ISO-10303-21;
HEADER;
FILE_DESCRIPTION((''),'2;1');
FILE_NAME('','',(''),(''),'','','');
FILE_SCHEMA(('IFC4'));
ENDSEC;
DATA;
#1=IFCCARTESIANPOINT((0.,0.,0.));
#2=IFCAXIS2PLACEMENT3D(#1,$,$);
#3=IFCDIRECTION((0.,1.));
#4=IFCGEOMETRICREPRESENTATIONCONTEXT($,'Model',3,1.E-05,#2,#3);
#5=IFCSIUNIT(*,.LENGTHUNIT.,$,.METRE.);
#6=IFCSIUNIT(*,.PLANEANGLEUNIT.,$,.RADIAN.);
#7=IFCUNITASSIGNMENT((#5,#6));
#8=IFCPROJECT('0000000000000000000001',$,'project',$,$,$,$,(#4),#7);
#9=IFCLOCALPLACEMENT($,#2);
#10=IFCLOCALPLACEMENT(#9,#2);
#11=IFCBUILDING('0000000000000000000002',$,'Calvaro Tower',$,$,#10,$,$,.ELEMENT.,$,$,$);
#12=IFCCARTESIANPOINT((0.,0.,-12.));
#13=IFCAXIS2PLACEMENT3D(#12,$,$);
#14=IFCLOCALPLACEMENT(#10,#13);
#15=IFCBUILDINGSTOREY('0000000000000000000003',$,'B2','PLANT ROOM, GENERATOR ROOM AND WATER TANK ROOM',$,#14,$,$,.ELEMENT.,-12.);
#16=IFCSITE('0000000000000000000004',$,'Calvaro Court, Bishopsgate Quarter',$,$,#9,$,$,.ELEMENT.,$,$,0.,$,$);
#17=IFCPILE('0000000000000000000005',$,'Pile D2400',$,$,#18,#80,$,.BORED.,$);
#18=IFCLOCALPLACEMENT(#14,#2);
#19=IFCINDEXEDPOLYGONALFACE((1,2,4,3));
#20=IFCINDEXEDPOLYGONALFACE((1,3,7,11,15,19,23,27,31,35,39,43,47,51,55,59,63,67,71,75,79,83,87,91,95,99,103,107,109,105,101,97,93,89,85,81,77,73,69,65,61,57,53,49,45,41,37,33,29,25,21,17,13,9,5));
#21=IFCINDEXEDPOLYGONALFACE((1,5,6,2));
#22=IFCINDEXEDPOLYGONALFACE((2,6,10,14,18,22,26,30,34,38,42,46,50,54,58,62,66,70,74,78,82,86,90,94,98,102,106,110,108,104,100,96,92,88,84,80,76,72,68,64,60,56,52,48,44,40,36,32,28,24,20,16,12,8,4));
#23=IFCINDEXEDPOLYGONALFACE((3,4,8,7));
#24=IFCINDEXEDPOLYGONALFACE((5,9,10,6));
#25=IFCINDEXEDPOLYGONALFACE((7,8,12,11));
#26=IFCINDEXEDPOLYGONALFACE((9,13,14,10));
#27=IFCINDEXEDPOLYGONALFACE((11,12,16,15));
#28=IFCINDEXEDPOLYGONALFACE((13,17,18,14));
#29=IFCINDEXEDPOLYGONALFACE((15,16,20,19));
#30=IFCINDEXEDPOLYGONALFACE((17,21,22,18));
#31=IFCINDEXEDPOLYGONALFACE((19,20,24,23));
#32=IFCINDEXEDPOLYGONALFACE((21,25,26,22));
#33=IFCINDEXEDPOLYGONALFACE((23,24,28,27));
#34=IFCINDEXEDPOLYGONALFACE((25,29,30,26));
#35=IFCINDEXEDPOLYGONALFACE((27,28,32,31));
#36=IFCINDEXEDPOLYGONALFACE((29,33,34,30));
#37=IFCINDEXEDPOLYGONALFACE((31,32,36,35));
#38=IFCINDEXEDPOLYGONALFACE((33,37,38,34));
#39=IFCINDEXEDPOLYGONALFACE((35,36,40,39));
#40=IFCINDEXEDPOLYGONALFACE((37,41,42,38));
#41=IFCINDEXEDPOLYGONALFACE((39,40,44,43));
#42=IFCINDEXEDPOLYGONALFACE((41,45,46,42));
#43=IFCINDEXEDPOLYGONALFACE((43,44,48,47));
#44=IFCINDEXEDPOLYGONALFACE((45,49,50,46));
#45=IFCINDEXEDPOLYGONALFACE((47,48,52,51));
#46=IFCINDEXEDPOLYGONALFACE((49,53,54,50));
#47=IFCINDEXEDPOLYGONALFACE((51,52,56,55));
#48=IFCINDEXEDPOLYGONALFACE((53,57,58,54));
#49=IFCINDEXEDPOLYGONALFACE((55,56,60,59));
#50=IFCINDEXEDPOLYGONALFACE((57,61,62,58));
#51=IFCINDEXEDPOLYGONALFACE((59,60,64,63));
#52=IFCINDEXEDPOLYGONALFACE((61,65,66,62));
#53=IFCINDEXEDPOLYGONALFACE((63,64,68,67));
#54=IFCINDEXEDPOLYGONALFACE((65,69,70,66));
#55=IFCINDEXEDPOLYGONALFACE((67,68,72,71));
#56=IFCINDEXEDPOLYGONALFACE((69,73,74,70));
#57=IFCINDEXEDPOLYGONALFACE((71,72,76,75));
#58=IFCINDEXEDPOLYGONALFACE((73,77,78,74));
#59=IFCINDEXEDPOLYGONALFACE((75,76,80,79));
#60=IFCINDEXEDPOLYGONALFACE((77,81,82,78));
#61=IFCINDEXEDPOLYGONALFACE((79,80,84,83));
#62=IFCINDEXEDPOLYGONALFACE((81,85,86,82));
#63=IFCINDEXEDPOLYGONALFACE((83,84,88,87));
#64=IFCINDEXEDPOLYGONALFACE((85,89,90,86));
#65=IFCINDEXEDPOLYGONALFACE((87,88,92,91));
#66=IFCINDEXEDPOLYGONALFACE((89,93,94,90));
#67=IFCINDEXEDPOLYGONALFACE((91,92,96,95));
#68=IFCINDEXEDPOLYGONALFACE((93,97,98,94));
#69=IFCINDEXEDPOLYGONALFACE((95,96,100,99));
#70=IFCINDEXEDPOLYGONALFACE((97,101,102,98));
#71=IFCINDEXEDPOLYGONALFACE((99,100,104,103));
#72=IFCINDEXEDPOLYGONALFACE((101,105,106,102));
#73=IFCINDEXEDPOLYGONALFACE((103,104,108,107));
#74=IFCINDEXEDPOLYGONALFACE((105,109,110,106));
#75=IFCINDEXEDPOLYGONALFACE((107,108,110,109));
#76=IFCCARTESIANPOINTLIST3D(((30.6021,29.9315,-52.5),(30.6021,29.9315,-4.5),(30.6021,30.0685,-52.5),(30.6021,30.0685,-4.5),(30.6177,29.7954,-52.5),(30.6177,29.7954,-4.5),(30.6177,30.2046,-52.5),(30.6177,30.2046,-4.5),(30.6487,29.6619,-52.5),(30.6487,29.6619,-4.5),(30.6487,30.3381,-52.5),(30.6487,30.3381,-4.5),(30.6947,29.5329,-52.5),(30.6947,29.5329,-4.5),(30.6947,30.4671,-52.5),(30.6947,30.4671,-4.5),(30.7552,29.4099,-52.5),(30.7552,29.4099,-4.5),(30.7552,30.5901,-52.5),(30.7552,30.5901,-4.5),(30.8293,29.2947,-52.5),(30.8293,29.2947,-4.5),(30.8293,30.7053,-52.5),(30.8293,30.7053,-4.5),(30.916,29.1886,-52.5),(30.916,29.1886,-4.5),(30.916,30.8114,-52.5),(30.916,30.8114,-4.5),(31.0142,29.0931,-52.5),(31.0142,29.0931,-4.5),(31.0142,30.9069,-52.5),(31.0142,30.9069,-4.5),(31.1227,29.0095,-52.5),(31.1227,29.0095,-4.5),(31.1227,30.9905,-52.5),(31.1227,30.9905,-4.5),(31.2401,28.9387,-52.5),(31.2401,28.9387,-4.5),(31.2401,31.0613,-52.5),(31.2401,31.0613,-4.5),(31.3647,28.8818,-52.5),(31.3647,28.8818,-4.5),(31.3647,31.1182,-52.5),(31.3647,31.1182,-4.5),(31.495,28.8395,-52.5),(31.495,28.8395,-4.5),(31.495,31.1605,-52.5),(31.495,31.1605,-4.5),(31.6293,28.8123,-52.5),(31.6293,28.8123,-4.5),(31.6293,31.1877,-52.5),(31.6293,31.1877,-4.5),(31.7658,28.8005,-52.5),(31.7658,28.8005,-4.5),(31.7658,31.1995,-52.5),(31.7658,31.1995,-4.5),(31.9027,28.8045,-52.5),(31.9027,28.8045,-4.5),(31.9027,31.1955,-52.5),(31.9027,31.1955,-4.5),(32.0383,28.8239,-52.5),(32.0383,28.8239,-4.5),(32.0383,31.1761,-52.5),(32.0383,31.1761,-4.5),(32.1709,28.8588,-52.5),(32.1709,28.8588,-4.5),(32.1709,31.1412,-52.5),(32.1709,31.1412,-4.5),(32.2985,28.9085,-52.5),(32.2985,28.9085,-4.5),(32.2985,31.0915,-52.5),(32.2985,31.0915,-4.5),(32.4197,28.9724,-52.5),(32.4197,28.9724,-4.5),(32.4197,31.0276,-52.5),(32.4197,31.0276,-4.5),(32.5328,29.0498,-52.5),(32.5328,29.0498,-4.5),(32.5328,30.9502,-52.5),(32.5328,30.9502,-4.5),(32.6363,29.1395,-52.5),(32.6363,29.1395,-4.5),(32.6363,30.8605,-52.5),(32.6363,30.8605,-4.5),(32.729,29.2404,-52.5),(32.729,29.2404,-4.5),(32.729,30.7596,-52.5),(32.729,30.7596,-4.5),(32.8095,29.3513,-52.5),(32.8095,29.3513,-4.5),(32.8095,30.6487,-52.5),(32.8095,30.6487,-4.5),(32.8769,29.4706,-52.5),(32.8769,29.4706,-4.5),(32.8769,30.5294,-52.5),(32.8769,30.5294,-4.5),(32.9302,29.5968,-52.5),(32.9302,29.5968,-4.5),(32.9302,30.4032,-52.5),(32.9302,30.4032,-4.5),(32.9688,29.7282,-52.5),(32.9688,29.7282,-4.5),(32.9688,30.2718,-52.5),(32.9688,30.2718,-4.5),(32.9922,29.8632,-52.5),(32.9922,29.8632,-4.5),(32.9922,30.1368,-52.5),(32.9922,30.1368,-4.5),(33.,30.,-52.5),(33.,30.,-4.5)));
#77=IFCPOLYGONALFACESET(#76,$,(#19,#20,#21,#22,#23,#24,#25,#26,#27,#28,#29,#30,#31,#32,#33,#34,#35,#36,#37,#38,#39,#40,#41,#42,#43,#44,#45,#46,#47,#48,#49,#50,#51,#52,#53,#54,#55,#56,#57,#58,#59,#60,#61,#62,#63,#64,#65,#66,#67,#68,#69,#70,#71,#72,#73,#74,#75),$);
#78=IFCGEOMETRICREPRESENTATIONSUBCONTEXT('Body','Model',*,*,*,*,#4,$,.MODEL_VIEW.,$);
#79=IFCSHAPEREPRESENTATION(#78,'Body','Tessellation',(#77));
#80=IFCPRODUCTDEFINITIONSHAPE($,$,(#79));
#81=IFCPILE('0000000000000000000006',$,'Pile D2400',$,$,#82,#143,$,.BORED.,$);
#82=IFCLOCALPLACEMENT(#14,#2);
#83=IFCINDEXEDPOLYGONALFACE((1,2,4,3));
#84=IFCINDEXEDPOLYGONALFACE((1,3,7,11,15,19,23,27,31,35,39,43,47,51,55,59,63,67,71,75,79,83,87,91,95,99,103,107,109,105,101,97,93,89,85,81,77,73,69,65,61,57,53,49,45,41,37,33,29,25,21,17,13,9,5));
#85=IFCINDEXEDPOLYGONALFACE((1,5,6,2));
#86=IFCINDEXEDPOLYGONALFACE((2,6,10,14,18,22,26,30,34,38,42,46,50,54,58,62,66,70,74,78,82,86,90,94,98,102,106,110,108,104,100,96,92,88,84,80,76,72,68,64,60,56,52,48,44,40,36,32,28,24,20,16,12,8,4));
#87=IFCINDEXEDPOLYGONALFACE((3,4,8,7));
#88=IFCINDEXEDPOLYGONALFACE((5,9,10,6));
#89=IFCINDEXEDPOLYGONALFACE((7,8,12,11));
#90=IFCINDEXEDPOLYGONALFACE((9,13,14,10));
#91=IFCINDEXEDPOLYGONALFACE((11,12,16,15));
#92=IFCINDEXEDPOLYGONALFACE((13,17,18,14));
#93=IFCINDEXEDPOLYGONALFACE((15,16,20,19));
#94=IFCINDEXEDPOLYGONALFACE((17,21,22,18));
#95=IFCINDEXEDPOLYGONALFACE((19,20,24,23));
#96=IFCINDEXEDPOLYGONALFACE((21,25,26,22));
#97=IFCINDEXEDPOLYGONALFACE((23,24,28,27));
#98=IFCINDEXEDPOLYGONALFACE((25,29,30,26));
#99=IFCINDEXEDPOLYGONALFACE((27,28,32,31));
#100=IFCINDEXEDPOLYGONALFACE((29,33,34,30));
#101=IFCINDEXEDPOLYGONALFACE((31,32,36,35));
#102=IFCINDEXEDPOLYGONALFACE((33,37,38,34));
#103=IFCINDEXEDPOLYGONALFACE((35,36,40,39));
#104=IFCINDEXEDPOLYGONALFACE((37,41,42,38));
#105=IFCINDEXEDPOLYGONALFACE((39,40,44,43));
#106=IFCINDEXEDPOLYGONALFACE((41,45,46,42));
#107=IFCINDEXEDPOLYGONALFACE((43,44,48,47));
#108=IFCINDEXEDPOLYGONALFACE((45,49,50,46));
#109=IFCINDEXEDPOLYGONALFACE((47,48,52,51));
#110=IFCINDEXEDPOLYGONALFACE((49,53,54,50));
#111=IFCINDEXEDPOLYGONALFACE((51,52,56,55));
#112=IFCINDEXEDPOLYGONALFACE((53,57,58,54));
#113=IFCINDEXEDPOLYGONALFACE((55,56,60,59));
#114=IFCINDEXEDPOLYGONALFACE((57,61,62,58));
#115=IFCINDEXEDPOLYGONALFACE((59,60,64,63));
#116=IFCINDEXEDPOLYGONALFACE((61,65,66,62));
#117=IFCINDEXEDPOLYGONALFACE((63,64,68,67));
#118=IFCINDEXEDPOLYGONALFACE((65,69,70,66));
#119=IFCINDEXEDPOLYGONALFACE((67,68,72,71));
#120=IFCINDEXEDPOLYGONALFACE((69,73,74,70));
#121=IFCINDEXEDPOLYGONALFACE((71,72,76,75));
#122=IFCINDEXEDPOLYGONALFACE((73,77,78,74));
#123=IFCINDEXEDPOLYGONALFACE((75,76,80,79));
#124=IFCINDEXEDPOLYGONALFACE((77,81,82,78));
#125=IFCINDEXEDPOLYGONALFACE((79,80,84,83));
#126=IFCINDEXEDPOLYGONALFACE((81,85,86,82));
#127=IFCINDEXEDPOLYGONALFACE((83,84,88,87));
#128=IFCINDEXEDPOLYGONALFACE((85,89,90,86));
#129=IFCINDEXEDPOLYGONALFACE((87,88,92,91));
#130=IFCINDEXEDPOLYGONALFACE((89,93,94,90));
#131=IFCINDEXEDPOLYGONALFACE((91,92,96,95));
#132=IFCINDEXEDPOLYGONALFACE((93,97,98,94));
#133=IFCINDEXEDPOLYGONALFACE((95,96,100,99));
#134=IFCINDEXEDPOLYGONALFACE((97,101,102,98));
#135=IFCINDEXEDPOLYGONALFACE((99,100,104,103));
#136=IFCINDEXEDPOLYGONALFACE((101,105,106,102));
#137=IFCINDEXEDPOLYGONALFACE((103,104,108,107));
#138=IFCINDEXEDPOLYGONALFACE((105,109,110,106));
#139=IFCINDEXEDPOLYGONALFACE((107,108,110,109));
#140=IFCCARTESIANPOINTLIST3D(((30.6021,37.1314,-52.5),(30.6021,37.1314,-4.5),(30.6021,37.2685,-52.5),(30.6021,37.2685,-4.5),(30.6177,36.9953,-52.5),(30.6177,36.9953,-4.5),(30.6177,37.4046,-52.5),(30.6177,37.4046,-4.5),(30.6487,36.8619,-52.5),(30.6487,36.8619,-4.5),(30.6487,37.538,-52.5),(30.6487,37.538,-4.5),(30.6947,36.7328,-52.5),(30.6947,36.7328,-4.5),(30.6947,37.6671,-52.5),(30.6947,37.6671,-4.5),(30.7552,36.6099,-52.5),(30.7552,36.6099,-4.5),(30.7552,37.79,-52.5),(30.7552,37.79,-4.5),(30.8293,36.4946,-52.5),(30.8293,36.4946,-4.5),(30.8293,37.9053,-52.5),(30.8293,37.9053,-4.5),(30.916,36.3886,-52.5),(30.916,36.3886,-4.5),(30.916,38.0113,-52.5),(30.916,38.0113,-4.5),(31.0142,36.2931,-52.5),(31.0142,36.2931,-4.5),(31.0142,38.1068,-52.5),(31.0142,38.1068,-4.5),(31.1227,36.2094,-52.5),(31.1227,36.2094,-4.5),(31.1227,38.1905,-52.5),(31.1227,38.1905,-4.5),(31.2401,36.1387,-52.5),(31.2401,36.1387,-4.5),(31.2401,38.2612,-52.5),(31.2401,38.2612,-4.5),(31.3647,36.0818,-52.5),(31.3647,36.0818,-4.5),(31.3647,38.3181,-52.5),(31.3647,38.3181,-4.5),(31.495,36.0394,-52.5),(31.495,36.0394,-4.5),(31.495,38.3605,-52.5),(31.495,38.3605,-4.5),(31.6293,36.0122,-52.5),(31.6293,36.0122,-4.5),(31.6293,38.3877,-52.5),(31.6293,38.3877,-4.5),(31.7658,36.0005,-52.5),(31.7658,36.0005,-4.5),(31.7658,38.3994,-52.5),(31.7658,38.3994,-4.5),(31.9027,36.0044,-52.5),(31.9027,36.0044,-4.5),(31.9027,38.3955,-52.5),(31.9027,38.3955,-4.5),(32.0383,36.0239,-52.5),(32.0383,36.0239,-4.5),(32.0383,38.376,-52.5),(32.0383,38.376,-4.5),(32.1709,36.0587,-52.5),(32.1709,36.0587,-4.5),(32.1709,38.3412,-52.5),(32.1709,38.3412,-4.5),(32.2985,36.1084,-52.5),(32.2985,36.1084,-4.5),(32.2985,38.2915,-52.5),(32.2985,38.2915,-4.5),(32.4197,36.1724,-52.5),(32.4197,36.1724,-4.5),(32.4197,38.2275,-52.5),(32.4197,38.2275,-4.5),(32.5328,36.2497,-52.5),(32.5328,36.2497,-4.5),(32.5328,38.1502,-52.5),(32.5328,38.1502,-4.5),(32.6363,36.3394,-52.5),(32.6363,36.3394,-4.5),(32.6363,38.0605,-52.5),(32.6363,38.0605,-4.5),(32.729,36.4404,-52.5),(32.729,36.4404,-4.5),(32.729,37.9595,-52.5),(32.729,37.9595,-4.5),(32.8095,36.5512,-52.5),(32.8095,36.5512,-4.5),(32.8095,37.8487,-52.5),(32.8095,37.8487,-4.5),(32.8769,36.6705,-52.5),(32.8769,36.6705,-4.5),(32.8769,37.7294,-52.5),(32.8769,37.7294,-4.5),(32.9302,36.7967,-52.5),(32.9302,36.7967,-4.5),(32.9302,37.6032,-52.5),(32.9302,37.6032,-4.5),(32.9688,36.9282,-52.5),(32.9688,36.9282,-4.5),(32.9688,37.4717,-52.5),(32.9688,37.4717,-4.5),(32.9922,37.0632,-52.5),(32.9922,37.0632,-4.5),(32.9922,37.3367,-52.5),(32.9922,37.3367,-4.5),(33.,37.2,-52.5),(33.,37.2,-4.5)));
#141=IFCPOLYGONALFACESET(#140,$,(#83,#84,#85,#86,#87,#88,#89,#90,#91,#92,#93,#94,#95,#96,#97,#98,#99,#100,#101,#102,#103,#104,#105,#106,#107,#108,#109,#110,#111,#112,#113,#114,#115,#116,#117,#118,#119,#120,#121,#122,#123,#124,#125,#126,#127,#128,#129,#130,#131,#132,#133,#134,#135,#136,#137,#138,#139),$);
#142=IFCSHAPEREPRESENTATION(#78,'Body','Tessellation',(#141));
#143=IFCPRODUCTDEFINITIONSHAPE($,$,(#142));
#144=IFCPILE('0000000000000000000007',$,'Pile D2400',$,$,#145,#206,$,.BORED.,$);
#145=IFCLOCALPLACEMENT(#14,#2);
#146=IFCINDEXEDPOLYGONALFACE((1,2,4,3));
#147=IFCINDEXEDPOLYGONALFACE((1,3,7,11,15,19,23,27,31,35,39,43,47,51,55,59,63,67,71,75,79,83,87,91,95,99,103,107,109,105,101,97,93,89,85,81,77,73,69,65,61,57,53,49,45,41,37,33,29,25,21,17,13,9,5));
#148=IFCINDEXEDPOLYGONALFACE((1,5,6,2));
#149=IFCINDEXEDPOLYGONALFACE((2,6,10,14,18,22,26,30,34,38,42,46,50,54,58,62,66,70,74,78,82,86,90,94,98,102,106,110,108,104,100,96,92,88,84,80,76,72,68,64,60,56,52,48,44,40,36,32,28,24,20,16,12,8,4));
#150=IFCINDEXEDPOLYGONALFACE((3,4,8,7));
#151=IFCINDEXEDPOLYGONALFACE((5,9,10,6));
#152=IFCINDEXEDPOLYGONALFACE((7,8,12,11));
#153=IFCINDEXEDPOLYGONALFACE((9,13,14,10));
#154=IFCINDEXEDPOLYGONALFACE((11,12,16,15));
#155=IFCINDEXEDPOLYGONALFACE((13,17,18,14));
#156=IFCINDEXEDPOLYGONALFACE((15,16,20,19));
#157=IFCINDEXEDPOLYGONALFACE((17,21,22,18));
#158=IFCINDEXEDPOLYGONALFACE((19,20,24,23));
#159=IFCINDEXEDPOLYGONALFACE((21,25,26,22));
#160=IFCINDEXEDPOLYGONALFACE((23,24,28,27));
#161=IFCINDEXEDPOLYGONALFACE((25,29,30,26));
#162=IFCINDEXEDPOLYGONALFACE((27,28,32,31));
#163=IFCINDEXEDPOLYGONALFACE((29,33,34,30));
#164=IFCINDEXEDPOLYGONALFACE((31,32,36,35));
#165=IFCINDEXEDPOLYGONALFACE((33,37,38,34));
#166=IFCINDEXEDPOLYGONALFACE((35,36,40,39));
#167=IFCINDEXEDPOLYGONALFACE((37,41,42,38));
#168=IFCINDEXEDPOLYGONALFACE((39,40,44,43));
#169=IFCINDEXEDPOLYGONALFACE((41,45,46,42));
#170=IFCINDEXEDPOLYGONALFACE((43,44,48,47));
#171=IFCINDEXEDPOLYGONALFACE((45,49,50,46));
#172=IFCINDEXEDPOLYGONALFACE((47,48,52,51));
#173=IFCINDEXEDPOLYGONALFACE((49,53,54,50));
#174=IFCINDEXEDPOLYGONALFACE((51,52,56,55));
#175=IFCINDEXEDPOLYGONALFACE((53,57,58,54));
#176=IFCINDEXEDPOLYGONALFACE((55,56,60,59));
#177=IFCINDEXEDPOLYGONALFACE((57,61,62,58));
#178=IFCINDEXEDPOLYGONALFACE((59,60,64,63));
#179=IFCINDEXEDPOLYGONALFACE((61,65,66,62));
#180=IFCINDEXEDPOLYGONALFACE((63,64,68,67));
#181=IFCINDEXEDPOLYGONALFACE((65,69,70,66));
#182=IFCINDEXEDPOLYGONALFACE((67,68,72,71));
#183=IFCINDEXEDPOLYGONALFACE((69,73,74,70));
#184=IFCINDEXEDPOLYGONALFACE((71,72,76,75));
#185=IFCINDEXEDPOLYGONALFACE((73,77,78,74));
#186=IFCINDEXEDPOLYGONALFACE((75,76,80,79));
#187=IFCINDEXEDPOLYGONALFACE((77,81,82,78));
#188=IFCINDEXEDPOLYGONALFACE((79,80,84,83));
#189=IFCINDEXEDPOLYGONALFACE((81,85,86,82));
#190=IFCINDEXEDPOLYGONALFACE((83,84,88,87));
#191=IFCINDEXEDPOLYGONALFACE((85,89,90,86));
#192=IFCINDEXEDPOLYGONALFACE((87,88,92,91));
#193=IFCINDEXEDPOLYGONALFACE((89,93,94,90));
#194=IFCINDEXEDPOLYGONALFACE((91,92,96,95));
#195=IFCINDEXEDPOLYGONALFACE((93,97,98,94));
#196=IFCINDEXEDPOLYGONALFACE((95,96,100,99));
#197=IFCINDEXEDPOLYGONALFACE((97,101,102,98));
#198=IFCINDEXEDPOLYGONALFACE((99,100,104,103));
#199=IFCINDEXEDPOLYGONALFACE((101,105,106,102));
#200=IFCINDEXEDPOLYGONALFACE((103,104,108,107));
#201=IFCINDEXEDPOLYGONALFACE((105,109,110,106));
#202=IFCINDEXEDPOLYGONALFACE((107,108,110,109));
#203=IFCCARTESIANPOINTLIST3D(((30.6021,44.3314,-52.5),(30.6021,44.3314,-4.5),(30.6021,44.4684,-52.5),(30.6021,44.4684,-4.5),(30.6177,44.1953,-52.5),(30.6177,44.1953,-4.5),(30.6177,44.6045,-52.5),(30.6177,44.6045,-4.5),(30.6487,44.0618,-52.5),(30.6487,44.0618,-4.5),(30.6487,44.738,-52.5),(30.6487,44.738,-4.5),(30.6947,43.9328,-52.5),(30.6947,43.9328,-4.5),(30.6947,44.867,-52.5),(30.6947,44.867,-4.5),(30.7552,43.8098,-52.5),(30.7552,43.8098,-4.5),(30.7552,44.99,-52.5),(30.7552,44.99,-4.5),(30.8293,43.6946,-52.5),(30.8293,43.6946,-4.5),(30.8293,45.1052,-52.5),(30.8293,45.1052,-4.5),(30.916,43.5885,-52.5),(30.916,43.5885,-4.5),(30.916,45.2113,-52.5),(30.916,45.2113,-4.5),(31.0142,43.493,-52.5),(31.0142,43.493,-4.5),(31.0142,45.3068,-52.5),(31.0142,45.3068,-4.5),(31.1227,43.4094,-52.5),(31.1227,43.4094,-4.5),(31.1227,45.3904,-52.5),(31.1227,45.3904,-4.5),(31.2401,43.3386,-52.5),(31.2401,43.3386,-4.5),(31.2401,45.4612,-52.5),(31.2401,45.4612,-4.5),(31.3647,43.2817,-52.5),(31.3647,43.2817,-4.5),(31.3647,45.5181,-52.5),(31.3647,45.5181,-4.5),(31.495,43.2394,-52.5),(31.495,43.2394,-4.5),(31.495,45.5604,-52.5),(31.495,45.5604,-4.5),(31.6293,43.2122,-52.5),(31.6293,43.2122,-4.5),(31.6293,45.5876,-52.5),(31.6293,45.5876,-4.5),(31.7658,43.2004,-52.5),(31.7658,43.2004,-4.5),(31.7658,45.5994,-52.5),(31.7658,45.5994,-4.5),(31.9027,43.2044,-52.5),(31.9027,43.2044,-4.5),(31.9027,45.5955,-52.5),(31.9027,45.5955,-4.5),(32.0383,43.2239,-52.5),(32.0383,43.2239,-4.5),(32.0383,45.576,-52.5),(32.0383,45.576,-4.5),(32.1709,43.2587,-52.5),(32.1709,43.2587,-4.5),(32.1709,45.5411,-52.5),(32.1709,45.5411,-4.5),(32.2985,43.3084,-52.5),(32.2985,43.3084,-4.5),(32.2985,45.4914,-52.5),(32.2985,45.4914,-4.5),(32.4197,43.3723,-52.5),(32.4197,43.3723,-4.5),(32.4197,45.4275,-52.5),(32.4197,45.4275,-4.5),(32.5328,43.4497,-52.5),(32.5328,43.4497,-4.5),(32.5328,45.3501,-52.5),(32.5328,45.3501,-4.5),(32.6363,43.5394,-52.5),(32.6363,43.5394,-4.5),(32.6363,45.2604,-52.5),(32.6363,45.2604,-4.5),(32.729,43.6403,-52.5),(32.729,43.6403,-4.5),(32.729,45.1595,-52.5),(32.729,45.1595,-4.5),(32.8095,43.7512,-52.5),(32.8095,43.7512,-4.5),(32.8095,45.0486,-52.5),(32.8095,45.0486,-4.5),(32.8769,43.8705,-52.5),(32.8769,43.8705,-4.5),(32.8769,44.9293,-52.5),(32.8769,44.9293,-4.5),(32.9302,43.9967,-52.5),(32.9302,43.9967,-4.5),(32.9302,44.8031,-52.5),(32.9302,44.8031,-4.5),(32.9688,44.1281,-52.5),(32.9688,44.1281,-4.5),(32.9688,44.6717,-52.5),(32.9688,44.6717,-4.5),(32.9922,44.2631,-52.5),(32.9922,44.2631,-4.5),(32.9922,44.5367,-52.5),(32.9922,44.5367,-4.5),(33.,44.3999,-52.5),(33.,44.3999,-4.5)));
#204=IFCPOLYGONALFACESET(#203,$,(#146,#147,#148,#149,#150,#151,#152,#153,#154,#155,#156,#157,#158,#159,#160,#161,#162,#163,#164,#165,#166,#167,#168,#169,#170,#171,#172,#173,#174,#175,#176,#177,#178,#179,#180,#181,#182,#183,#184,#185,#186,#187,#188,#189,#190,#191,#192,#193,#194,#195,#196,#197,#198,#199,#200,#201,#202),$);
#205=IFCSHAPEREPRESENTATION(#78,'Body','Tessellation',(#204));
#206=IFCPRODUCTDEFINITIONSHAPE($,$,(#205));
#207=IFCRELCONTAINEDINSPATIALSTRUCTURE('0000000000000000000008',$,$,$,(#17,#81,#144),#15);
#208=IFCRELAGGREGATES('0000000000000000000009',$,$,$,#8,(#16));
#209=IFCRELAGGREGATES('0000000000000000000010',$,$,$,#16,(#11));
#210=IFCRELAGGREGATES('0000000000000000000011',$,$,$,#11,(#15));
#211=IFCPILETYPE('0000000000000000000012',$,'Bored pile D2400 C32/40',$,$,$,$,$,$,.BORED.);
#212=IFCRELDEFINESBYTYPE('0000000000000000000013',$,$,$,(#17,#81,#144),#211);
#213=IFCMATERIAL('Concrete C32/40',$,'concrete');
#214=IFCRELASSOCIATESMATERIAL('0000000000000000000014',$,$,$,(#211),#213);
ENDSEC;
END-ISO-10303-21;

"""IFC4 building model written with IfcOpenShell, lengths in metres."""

from ifc_helpers import new_model, si_unit, direction, frame, origin, origin_2d, place, context, subcontext, project, spatial, circle, extrude, material, material_profile, profile_set, type_object, element, save


model = new_model("IFC4")

# Units and contexts
model_context = context("Model", 3, precision=1e-05, world=origin(), true_north=direction((0.0, 1.0)))
body_context = subcontext(model_context, "Body", "Model", "MODEL_VIEW")
ifc_project = project(units=[si_unit("LENGTHUNIT", "METRE"), si_unit("PLANEANGLEUNIT", "RADIAN")], contexts=[model_context])

# Site, building, storey
site_placement = place(None, origin())
site = spatial("IfcSite", under=ifc_project, at=site_placement, Name="Calvaro Court, Bishopsgate Quarter", CompositionType="ELEMENT", RefElevation=0.0)
building_placement = place(site_placement, origin())
building = spatial("IfcBuilding", under=site, at=building_placement, Name="Calvaro Tower", CompositionType="ELEMENT")
storey_placement = place(building_placement, frame((0.0, 0.0, -12.0)))
storey = spatial("IfcBuildingStorey", under=building, at=storey_placement, Name="B2", Description="PLANT ROOM, GENERATOR ROOM AND WATER TANK ROOM", CompositionType="ELEMENT", Elevation=-12.0)

# Piles
ifc_material_1 = material(Name="Concrete C32/40", Category="concrete")
ifc_material_profile = material_profile(ifc_material_1, circle(Radius=1.2, at=origin_2d()), Name="Bored pile D2400")
ifc_profile_set = profile_set([ifc_material_profile], Name="Concrete C32/40")
pile_type = type_object("IfcPileType", Name="Bored pile D2400 C32/40", PredefinedType="BORED", material=ifc_profile_set)
for number, where, z_axis, x_axis, name in (
    (1, (31.8, 30.0, -4.5), (0.0, 0.0, -1.0), (1.0, 0.0, 0.0), "Pile D2400"),
    (2, (31.8, 37.2, -4.5), (0.0, 0.0, -1.0), (1.0, 0.0, 0.0), "Pile D2400"),
    (3, (31.8, 44.3999, -4.5), (0.0, 0.0, -1.0), (1.0, 0.0, 0.0), "Pile D2400"),
):
    element("IfcPile", number, at=place(storey_placement, frame(where, z_axis=z_axis, x_axis=x_axis)), inside=storey, type_object=pile_type, Name=name, PredefinedType="BORED", context=body_context, shape_type="SweptSolid", body=[
        extrude(circle(Radius=1.2, at=origin_2d()), origin(), (0.0, 0.0, 1.0), 48.0),
    ])

save(model, "model.ifc")
